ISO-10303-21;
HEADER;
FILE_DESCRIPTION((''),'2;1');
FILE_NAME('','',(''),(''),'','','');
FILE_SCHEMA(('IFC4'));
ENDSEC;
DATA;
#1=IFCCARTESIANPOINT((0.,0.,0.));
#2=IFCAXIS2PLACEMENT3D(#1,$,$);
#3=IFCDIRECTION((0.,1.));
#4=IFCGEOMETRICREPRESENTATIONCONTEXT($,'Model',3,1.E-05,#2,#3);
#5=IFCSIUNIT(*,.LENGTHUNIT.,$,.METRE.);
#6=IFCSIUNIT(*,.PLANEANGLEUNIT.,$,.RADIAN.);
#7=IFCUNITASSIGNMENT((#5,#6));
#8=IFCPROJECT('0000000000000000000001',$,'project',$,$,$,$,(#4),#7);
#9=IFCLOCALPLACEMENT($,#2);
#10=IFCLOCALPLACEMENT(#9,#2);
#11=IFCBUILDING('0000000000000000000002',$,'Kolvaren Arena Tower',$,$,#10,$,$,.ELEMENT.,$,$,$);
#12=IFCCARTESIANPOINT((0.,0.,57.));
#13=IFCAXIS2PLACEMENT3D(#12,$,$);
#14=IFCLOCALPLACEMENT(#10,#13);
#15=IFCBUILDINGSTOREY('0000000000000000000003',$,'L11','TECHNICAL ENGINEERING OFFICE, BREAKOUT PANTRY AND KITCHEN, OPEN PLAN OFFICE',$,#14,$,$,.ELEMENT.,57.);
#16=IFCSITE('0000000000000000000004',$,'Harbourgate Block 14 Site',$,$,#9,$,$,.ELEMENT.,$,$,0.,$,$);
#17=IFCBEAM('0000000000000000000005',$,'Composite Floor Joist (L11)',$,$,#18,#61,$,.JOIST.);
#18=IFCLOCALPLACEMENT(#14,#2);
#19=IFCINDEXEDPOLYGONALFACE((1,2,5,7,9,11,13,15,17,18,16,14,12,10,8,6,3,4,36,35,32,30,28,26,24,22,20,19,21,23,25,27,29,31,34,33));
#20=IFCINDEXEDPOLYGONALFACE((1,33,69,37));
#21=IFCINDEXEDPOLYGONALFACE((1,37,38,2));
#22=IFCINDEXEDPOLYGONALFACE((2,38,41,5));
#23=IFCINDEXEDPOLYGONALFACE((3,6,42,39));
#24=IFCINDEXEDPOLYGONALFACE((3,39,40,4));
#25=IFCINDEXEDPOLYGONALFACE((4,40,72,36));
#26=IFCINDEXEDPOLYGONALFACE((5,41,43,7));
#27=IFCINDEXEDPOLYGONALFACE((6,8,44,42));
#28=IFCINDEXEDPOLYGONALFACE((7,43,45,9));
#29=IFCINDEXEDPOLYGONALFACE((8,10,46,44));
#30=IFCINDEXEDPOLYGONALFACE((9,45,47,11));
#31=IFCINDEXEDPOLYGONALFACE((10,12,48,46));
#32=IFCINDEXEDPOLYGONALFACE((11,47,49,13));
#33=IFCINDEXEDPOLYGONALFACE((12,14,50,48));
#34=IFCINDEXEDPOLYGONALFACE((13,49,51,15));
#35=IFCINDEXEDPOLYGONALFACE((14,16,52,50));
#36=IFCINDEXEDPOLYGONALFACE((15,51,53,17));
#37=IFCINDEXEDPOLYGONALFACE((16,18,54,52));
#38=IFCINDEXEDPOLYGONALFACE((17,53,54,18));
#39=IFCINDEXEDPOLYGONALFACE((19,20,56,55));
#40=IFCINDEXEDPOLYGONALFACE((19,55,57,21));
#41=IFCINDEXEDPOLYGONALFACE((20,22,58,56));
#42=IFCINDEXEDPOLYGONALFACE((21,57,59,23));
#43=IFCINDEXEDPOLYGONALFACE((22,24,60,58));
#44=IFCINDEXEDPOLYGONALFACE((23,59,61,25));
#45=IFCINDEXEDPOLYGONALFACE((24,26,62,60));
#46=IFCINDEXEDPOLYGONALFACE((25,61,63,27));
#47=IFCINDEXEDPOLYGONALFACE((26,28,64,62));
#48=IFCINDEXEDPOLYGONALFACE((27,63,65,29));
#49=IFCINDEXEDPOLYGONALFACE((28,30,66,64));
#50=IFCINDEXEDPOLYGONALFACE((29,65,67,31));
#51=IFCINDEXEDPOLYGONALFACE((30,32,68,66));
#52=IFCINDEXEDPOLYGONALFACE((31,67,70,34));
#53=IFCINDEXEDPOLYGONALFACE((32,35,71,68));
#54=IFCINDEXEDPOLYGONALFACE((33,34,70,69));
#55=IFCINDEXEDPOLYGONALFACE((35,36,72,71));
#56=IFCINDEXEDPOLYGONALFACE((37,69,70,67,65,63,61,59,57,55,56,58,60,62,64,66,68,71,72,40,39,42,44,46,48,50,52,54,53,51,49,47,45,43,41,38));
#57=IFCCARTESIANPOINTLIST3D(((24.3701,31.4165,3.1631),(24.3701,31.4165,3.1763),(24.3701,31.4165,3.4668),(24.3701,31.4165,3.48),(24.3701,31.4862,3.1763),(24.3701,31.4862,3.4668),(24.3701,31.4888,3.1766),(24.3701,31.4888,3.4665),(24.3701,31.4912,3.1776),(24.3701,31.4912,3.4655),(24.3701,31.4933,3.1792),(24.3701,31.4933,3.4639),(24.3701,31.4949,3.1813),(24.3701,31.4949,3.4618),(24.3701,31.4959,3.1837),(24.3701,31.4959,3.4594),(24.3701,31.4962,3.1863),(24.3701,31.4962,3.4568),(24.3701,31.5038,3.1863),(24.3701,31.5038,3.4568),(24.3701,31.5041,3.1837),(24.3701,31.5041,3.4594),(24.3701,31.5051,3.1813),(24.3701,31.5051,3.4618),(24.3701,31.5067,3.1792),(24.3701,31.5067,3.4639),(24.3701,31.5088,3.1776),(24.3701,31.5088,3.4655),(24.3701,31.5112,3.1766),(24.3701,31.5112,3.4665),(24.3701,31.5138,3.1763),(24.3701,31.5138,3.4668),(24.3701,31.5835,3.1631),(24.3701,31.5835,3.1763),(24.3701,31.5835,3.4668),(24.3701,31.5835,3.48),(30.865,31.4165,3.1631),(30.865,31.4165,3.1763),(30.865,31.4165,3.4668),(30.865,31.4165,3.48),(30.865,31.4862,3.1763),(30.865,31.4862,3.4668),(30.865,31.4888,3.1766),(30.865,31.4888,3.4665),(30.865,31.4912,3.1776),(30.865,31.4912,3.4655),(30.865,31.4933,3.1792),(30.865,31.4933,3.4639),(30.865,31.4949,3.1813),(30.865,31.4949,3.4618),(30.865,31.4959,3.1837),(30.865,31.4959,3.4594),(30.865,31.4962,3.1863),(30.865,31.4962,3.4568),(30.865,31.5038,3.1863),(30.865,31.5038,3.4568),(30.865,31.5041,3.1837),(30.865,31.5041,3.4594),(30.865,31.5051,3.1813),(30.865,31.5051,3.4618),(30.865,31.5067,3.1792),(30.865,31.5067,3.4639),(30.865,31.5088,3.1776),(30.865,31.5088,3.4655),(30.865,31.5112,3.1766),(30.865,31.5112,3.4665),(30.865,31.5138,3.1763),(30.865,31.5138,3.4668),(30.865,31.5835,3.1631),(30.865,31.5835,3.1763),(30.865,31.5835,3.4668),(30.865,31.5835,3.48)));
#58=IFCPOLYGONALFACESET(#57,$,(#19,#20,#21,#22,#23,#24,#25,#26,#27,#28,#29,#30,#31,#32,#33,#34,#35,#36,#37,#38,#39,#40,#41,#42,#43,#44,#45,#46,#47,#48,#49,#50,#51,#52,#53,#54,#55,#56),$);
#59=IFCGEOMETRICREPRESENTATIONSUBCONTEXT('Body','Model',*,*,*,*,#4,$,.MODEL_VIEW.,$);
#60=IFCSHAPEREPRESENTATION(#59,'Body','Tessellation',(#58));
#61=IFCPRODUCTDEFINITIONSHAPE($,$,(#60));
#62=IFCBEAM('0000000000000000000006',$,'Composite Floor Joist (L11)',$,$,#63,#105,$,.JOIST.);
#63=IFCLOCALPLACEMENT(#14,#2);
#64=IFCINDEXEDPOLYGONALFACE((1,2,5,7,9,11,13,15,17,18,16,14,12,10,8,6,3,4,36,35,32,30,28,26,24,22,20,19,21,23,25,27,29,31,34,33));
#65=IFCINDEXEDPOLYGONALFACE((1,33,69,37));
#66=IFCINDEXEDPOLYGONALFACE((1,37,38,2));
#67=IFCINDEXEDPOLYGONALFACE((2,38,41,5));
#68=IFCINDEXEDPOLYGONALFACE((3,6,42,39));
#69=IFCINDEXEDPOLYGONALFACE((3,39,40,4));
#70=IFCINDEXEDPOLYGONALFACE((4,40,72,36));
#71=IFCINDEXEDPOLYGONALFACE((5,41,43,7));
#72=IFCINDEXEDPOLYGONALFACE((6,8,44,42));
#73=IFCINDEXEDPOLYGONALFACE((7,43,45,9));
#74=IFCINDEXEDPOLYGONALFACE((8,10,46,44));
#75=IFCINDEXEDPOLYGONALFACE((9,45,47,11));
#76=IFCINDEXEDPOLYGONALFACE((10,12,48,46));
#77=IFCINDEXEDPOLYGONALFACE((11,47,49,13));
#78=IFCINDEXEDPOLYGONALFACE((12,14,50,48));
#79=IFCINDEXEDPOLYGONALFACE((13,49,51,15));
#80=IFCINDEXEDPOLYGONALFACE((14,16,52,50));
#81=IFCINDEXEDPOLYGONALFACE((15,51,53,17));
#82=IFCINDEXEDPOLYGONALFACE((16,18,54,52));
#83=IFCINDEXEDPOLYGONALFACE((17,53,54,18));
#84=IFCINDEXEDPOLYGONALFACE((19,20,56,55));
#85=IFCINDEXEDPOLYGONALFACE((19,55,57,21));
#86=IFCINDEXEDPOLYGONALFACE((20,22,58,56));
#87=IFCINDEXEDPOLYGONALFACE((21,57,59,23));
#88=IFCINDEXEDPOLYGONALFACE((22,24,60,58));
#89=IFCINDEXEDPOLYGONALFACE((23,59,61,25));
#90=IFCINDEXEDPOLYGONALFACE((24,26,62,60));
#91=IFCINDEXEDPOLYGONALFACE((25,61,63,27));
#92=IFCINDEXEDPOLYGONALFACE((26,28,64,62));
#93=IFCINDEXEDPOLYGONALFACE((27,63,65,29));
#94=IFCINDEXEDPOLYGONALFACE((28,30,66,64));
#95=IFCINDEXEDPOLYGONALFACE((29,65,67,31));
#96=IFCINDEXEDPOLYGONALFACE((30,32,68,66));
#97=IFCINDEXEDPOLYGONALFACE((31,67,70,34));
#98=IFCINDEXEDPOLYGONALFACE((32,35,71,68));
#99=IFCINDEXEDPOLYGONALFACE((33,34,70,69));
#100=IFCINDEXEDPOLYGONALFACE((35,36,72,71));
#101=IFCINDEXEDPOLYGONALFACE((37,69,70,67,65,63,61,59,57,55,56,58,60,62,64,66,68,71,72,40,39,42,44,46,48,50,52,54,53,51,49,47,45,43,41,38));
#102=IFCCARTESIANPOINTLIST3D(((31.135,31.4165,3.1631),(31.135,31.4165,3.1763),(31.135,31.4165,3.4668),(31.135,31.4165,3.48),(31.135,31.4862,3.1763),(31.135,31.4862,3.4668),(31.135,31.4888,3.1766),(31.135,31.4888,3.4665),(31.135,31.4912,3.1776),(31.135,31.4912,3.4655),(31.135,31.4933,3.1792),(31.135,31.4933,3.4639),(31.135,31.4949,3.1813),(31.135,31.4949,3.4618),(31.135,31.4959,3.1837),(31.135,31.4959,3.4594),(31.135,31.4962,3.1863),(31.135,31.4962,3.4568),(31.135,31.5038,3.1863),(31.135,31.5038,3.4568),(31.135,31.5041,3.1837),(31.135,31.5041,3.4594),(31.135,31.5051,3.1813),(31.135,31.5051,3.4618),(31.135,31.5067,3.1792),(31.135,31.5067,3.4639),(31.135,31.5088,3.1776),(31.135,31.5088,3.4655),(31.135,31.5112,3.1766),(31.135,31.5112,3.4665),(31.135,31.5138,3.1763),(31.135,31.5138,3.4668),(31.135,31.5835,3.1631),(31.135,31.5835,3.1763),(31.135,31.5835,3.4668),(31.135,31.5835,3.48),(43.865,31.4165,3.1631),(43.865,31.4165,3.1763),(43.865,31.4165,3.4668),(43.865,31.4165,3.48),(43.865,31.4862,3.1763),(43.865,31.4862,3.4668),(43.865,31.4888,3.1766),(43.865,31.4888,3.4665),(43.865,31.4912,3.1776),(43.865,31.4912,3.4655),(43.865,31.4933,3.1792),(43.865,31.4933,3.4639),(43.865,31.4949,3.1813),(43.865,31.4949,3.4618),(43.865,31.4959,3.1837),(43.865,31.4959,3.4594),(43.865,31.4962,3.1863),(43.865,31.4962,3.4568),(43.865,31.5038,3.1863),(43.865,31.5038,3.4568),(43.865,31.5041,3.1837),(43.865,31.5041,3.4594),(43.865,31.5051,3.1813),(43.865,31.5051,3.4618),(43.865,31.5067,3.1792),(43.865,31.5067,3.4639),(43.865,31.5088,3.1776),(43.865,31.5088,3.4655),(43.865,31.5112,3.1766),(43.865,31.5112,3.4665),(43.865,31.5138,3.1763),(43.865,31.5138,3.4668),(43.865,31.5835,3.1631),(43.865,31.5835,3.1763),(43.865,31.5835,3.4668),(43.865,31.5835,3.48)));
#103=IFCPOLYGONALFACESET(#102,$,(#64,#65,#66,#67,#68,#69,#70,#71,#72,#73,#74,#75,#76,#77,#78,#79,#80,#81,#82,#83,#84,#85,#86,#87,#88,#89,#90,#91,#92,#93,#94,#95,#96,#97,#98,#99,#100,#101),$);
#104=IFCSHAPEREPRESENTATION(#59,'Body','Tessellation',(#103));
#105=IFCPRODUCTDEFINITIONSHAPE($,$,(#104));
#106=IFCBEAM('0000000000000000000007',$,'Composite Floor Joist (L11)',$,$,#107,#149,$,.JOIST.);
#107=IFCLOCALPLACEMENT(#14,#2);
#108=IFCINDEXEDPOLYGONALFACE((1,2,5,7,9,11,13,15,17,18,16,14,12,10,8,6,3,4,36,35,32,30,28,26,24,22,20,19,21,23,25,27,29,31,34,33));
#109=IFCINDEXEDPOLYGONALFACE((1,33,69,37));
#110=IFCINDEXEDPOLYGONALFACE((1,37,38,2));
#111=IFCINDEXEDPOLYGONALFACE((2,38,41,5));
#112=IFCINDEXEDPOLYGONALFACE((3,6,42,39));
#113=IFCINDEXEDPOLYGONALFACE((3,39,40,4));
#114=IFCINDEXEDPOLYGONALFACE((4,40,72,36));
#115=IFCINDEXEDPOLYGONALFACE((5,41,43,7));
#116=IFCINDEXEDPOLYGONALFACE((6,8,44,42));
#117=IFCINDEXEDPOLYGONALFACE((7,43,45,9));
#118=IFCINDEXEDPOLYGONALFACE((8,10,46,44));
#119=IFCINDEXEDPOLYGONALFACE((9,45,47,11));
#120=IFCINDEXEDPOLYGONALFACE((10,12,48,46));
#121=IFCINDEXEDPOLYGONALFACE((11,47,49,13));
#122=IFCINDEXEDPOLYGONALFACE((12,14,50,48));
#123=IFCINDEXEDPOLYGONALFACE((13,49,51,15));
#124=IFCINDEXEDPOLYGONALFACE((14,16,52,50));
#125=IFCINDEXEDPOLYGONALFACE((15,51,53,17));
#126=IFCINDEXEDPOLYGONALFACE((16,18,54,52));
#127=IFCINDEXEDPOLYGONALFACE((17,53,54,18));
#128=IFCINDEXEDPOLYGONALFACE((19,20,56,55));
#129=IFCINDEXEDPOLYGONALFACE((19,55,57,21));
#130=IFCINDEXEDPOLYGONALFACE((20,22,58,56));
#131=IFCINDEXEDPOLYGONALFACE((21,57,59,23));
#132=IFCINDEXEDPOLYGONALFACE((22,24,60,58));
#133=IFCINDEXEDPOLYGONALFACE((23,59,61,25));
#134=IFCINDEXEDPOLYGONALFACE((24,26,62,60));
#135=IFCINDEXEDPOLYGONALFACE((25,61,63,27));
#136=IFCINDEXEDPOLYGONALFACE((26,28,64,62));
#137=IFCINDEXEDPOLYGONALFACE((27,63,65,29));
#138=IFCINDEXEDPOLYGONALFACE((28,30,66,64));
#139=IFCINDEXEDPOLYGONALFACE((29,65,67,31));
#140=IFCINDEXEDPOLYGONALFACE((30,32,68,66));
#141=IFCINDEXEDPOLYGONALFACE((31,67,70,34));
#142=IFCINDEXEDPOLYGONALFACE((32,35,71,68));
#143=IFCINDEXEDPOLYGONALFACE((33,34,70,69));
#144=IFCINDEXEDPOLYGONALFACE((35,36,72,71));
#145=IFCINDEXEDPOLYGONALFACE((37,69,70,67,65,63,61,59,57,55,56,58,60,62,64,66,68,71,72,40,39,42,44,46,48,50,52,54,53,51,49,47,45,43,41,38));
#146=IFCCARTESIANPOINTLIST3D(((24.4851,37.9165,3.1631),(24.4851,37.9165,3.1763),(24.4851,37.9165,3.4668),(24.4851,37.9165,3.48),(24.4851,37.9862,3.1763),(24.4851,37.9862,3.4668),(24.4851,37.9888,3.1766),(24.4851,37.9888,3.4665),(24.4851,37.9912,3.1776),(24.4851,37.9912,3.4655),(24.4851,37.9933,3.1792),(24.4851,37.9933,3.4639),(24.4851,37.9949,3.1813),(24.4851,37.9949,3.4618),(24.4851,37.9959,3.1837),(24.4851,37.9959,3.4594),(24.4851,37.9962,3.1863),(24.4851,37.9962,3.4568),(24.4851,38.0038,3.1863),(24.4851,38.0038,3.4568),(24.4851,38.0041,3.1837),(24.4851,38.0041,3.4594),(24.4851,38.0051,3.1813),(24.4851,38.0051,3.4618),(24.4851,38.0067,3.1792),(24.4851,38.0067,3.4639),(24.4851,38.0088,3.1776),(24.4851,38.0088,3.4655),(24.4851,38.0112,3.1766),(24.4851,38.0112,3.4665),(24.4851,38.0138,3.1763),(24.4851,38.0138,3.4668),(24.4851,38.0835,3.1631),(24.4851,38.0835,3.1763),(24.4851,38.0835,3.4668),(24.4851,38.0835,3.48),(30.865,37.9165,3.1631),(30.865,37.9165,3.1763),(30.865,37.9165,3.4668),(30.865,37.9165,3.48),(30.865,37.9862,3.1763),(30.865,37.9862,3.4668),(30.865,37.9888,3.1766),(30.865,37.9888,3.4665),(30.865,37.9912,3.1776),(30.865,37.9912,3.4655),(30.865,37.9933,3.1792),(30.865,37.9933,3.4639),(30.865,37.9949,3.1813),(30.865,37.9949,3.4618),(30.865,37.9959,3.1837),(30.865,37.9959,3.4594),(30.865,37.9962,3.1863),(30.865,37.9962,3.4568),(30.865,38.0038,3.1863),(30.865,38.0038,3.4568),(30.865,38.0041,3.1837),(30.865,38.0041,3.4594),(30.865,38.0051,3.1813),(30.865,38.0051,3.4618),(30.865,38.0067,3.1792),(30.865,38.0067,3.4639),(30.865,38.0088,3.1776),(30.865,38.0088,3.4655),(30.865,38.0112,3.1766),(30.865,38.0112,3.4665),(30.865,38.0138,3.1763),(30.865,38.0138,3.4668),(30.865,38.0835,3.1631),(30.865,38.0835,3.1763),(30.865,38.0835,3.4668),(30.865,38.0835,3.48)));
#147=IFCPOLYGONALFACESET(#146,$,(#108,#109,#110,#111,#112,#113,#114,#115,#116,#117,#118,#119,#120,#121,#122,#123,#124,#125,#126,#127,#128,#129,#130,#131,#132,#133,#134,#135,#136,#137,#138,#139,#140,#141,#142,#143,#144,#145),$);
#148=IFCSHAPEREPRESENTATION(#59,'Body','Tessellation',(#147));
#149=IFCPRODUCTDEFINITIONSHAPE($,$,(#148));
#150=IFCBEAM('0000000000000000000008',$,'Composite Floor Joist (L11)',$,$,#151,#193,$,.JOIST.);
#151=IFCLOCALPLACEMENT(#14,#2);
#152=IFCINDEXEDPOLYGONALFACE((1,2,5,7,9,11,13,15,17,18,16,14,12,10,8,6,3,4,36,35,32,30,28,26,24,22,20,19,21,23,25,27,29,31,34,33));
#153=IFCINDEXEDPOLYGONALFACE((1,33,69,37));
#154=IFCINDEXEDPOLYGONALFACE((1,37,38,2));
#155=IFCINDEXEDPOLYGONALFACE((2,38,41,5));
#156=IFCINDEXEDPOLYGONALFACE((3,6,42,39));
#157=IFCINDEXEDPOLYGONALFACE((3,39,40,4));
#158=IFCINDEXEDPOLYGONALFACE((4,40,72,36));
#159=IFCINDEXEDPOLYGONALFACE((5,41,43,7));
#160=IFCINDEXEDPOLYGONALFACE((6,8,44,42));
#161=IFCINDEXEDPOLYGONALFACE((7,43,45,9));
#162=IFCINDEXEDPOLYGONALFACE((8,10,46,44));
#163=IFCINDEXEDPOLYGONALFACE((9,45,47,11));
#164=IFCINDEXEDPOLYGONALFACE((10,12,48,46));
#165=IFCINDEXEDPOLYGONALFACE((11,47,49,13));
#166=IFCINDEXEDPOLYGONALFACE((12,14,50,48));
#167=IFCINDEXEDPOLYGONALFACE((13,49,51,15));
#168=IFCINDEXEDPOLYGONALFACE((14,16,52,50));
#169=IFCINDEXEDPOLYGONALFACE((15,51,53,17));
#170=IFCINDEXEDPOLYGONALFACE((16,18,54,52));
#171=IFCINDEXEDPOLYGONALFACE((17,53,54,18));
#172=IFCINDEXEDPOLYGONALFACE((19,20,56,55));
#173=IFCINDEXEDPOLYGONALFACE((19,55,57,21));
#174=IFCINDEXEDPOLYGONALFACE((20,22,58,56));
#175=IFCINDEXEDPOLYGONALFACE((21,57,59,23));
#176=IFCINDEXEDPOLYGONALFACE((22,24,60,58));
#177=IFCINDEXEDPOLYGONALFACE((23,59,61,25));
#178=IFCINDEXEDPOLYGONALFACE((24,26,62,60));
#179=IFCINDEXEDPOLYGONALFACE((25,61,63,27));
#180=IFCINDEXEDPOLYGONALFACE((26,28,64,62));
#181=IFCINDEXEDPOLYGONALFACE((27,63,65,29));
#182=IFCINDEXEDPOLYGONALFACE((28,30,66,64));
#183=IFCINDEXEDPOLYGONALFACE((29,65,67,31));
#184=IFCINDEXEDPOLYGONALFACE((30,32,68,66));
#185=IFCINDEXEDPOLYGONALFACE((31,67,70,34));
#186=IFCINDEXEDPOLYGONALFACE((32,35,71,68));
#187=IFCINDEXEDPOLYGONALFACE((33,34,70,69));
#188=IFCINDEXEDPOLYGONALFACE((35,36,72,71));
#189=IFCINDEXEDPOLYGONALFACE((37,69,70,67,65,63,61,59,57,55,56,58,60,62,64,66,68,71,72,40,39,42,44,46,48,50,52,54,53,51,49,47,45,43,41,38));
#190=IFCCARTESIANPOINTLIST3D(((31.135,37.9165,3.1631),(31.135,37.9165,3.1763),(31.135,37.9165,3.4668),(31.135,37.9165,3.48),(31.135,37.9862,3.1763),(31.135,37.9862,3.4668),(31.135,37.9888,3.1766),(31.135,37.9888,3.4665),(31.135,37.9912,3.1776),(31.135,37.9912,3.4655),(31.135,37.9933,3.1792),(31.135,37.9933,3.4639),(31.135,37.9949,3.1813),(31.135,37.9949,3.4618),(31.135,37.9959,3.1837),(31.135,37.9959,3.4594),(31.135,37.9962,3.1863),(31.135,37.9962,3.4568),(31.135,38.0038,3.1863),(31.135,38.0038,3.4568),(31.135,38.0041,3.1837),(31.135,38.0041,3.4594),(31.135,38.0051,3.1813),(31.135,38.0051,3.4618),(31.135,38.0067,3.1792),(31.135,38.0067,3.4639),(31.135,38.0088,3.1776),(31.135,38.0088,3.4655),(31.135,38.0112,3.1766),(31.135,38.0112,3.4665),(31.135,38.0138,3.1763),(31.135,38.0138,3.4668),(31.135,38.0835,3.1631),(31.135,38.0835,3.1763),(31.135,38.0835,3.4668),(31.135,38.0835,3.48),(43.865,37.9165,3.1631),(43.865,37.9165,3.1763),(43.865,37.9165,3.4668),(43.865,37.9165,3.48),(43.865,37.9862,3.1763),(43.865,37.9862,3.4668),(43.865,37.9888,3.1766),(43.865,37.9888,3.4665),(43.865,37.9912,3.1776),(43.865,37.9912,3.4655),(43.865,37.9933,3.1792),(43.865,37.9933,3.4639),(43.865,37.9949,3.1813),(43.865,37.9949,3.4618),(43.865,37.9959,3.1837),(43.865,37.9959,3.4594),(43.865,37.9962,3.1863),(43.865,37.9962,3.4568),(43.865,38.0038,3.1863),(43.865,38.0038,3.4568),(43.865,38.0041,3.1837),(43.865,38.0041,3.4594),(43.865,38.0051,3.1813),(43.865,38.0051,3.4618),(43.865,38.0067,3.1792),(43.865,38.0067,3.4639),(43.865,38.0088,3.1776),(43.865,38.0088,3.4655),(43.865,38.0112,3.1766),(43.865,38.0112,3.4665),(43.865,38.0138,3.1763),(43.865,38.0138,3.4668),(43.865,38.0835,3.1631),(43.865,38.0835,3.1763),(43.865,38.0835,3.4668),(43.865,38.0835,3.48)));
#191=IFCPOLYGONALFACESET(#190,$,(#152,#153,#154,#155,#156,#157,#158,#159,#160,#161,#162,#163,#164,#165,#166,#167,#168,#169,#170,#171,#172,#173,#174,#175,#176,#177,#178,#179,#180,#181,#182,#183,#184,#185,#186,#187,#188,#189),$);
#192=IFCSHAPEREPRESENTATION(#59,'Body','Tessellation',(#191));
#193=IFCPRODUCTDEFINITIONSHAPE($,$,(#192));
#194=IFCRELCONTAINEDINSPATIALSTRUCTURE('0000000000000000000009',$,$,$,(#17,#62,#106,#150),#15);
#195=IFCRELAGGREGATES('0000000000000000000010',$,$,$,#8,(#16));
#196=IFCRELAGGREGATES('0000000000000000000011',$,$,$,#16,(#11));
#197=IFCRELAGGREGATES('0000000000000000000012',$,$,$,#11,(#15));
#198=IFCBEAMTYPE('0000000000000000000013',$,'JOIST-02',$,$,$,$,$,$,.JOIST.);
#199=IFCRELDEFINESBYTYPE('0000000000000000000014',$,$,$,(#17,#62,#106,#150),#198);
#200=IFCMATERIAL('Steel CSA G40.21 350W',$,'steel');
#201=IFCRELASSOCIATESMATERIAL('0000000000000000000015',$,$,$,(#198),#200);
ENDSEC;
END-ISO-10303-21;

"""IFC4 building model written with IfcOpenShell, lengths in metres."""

from ifc_helpers import new_model, si_unit, direction, frame, origin, origin_2d, place, context, subcontext, project, spatial, i_section, extrude, material, material_profile, profile_set, type_object, element, save


model = new_model("IFC4")

# Units and contexts
model_context = context("Model", 3, precision=1e-05, world=origin(), true_north=direction((0.0, 1.0)))
body_context = subcontext(model_context, "Body", "Model", "MODEL_VIEW")
ifc_project = project(units=[si_unit("LENGTHUNIT", "METRE"), si_unit("PLANEANGLEUNIT", "RADIAN")], contexts=[model_context])

# Site, building, storey
site_placement = place(None, origin())
site = spatial("IfcSite", under=ifc_project, at=site_placement, Name="Harbourgate Block 14 Site", CompositionType="ELEMENT", RefElevation=0.0)
building_placement = place(site_placement, origin())
building = spatial("IfcBuilding", under=site, at=building_placement, Name="Kolvaren Arena Tower", CompositionType="ELEMENT")
storey_placement = place(building_placement, frame((0.0, 0.0, 57.0)))
storey = spatial("IfcBuildingStorey", under=building, at=storey_placement, Name="L11", Description="TECHNICAL ENGINEERING OFFICE, BREAKOUT PANTRY AND KITCHEN, OPEN PLAN OFFICE", CompositionType="ELEMENT", Elevation=57.0)

# Beams
ifc_material_1 = material(Name="Steel CSA G40.21 350W", Category="steel")
ifc_material_profile_1 = material_profile(ifc_material_1, i_section(OverallWidth=0.167, OverallDepth=0.3169, WebThickness=0.0076, FlangeThickness=0.0132, FilletRadius=0.01, at=origin_2d()), Name="W310x52")
ifc_profile_set_1 = profile_set([ifc_material_profile_1], Name="Steel CSA G40.21 350W")
beam_type_1 = type_object("IfcBeamType", Name="JOIST-02", PredefinedType="JOIST", material=ifc_profile_set_1)
beam_1_placement = place(storey_placement, frame((24.3701, 31.5, 3.3215), z_axis=(1.0, 0.0, 0.0), x_axis=(0.0, 1.0, 0.0)))
element("IfcBeam", 1, at=beam_1_placement, inside=storey, type_object=beam_type_1, Name="Composite Floor Joist (L11)", PredefinedType="JOIST", context=body_context, shape_type="SweptSolid", body=[
    extrude(i_section(OverallWidth=0.167, OverallDepth=0.3169, WebThickness=0.0076, FlangeThickness=0.0132, FilletRadius=0.01, at=origin_2d()), origin(), (0.0, 0.0, 1.0), 6.4949),
])
beam_2_placement = place(storey_placement, frame((31.135, 31.5, 3.3215), z_axis=(1.0, 0.0, 0.0), x_axis=(0.0, 1.0, 0.0)))
element("IfcBeam", 2, at=beam_2_placement, inside=storey, type_object=beam_type_1, Name="Composite Floor Joist (L11)", PredefinedType="JOIST", context=body_context, shape_type="SweptSolid", body=[
    extrude(i_section(OverallWidth=0.167, OverallDepth=0.3169, WebThickness=0.0076, FlangeThickness=0.0132, FilletRadius=0.01, at=origin_2d()), origin(), (0.0, 0.0, 1.0), 12.73),
])
beam_3_placement = place(storey_placement, frame((24.4851, 38.0, 3.3215), z_axis=(1.0, 0.0, 0.0), x_axis=(0.0, 1.0, 0.0)))
element("IfcBeam", 3, at=beam_3_placement, inside=storey, type_object=beam_type_1, Name="Composite Floor Joist (L11)", PredefinedType="JOIST", context=body_context, shape_type="SweptSolid", body=[
    extrude(i_section(OverallWidth=0.167, OverallDepth=0.3169, WebThickness=0.0076, FlangeThickness=0.0132, FilletRadius=0.01, at=origin_2d()), origin(), (0.0, 0.0, 1.0), 6.3799),
])
beam_4_placement = place(storey_placement, frame((31.135, 38.0, 3.3215), z_axis=(1.0, 0.0, 0.0), x_axis=(0.0, 1.0, 0.0)))
element("IfcBeam", 4, at=beam_4_placement, inside=storey, type_object=beam_type_1, Name="Composite Floor Joist (L11)", PredefinedType="JOIST", context=body_context, shape_type="SweptSolid", body=[
    extrude(i_section(OverallWidth=0.167, OverallDepth=0.3169, WebThickness=0.0076, FlangeThickness=0.0132, FilletRadius=0.01, at=origin_2d()), origin(), (0.0, 0.0, 1.0), 12.73),
])

save(model, "model.ifc")
